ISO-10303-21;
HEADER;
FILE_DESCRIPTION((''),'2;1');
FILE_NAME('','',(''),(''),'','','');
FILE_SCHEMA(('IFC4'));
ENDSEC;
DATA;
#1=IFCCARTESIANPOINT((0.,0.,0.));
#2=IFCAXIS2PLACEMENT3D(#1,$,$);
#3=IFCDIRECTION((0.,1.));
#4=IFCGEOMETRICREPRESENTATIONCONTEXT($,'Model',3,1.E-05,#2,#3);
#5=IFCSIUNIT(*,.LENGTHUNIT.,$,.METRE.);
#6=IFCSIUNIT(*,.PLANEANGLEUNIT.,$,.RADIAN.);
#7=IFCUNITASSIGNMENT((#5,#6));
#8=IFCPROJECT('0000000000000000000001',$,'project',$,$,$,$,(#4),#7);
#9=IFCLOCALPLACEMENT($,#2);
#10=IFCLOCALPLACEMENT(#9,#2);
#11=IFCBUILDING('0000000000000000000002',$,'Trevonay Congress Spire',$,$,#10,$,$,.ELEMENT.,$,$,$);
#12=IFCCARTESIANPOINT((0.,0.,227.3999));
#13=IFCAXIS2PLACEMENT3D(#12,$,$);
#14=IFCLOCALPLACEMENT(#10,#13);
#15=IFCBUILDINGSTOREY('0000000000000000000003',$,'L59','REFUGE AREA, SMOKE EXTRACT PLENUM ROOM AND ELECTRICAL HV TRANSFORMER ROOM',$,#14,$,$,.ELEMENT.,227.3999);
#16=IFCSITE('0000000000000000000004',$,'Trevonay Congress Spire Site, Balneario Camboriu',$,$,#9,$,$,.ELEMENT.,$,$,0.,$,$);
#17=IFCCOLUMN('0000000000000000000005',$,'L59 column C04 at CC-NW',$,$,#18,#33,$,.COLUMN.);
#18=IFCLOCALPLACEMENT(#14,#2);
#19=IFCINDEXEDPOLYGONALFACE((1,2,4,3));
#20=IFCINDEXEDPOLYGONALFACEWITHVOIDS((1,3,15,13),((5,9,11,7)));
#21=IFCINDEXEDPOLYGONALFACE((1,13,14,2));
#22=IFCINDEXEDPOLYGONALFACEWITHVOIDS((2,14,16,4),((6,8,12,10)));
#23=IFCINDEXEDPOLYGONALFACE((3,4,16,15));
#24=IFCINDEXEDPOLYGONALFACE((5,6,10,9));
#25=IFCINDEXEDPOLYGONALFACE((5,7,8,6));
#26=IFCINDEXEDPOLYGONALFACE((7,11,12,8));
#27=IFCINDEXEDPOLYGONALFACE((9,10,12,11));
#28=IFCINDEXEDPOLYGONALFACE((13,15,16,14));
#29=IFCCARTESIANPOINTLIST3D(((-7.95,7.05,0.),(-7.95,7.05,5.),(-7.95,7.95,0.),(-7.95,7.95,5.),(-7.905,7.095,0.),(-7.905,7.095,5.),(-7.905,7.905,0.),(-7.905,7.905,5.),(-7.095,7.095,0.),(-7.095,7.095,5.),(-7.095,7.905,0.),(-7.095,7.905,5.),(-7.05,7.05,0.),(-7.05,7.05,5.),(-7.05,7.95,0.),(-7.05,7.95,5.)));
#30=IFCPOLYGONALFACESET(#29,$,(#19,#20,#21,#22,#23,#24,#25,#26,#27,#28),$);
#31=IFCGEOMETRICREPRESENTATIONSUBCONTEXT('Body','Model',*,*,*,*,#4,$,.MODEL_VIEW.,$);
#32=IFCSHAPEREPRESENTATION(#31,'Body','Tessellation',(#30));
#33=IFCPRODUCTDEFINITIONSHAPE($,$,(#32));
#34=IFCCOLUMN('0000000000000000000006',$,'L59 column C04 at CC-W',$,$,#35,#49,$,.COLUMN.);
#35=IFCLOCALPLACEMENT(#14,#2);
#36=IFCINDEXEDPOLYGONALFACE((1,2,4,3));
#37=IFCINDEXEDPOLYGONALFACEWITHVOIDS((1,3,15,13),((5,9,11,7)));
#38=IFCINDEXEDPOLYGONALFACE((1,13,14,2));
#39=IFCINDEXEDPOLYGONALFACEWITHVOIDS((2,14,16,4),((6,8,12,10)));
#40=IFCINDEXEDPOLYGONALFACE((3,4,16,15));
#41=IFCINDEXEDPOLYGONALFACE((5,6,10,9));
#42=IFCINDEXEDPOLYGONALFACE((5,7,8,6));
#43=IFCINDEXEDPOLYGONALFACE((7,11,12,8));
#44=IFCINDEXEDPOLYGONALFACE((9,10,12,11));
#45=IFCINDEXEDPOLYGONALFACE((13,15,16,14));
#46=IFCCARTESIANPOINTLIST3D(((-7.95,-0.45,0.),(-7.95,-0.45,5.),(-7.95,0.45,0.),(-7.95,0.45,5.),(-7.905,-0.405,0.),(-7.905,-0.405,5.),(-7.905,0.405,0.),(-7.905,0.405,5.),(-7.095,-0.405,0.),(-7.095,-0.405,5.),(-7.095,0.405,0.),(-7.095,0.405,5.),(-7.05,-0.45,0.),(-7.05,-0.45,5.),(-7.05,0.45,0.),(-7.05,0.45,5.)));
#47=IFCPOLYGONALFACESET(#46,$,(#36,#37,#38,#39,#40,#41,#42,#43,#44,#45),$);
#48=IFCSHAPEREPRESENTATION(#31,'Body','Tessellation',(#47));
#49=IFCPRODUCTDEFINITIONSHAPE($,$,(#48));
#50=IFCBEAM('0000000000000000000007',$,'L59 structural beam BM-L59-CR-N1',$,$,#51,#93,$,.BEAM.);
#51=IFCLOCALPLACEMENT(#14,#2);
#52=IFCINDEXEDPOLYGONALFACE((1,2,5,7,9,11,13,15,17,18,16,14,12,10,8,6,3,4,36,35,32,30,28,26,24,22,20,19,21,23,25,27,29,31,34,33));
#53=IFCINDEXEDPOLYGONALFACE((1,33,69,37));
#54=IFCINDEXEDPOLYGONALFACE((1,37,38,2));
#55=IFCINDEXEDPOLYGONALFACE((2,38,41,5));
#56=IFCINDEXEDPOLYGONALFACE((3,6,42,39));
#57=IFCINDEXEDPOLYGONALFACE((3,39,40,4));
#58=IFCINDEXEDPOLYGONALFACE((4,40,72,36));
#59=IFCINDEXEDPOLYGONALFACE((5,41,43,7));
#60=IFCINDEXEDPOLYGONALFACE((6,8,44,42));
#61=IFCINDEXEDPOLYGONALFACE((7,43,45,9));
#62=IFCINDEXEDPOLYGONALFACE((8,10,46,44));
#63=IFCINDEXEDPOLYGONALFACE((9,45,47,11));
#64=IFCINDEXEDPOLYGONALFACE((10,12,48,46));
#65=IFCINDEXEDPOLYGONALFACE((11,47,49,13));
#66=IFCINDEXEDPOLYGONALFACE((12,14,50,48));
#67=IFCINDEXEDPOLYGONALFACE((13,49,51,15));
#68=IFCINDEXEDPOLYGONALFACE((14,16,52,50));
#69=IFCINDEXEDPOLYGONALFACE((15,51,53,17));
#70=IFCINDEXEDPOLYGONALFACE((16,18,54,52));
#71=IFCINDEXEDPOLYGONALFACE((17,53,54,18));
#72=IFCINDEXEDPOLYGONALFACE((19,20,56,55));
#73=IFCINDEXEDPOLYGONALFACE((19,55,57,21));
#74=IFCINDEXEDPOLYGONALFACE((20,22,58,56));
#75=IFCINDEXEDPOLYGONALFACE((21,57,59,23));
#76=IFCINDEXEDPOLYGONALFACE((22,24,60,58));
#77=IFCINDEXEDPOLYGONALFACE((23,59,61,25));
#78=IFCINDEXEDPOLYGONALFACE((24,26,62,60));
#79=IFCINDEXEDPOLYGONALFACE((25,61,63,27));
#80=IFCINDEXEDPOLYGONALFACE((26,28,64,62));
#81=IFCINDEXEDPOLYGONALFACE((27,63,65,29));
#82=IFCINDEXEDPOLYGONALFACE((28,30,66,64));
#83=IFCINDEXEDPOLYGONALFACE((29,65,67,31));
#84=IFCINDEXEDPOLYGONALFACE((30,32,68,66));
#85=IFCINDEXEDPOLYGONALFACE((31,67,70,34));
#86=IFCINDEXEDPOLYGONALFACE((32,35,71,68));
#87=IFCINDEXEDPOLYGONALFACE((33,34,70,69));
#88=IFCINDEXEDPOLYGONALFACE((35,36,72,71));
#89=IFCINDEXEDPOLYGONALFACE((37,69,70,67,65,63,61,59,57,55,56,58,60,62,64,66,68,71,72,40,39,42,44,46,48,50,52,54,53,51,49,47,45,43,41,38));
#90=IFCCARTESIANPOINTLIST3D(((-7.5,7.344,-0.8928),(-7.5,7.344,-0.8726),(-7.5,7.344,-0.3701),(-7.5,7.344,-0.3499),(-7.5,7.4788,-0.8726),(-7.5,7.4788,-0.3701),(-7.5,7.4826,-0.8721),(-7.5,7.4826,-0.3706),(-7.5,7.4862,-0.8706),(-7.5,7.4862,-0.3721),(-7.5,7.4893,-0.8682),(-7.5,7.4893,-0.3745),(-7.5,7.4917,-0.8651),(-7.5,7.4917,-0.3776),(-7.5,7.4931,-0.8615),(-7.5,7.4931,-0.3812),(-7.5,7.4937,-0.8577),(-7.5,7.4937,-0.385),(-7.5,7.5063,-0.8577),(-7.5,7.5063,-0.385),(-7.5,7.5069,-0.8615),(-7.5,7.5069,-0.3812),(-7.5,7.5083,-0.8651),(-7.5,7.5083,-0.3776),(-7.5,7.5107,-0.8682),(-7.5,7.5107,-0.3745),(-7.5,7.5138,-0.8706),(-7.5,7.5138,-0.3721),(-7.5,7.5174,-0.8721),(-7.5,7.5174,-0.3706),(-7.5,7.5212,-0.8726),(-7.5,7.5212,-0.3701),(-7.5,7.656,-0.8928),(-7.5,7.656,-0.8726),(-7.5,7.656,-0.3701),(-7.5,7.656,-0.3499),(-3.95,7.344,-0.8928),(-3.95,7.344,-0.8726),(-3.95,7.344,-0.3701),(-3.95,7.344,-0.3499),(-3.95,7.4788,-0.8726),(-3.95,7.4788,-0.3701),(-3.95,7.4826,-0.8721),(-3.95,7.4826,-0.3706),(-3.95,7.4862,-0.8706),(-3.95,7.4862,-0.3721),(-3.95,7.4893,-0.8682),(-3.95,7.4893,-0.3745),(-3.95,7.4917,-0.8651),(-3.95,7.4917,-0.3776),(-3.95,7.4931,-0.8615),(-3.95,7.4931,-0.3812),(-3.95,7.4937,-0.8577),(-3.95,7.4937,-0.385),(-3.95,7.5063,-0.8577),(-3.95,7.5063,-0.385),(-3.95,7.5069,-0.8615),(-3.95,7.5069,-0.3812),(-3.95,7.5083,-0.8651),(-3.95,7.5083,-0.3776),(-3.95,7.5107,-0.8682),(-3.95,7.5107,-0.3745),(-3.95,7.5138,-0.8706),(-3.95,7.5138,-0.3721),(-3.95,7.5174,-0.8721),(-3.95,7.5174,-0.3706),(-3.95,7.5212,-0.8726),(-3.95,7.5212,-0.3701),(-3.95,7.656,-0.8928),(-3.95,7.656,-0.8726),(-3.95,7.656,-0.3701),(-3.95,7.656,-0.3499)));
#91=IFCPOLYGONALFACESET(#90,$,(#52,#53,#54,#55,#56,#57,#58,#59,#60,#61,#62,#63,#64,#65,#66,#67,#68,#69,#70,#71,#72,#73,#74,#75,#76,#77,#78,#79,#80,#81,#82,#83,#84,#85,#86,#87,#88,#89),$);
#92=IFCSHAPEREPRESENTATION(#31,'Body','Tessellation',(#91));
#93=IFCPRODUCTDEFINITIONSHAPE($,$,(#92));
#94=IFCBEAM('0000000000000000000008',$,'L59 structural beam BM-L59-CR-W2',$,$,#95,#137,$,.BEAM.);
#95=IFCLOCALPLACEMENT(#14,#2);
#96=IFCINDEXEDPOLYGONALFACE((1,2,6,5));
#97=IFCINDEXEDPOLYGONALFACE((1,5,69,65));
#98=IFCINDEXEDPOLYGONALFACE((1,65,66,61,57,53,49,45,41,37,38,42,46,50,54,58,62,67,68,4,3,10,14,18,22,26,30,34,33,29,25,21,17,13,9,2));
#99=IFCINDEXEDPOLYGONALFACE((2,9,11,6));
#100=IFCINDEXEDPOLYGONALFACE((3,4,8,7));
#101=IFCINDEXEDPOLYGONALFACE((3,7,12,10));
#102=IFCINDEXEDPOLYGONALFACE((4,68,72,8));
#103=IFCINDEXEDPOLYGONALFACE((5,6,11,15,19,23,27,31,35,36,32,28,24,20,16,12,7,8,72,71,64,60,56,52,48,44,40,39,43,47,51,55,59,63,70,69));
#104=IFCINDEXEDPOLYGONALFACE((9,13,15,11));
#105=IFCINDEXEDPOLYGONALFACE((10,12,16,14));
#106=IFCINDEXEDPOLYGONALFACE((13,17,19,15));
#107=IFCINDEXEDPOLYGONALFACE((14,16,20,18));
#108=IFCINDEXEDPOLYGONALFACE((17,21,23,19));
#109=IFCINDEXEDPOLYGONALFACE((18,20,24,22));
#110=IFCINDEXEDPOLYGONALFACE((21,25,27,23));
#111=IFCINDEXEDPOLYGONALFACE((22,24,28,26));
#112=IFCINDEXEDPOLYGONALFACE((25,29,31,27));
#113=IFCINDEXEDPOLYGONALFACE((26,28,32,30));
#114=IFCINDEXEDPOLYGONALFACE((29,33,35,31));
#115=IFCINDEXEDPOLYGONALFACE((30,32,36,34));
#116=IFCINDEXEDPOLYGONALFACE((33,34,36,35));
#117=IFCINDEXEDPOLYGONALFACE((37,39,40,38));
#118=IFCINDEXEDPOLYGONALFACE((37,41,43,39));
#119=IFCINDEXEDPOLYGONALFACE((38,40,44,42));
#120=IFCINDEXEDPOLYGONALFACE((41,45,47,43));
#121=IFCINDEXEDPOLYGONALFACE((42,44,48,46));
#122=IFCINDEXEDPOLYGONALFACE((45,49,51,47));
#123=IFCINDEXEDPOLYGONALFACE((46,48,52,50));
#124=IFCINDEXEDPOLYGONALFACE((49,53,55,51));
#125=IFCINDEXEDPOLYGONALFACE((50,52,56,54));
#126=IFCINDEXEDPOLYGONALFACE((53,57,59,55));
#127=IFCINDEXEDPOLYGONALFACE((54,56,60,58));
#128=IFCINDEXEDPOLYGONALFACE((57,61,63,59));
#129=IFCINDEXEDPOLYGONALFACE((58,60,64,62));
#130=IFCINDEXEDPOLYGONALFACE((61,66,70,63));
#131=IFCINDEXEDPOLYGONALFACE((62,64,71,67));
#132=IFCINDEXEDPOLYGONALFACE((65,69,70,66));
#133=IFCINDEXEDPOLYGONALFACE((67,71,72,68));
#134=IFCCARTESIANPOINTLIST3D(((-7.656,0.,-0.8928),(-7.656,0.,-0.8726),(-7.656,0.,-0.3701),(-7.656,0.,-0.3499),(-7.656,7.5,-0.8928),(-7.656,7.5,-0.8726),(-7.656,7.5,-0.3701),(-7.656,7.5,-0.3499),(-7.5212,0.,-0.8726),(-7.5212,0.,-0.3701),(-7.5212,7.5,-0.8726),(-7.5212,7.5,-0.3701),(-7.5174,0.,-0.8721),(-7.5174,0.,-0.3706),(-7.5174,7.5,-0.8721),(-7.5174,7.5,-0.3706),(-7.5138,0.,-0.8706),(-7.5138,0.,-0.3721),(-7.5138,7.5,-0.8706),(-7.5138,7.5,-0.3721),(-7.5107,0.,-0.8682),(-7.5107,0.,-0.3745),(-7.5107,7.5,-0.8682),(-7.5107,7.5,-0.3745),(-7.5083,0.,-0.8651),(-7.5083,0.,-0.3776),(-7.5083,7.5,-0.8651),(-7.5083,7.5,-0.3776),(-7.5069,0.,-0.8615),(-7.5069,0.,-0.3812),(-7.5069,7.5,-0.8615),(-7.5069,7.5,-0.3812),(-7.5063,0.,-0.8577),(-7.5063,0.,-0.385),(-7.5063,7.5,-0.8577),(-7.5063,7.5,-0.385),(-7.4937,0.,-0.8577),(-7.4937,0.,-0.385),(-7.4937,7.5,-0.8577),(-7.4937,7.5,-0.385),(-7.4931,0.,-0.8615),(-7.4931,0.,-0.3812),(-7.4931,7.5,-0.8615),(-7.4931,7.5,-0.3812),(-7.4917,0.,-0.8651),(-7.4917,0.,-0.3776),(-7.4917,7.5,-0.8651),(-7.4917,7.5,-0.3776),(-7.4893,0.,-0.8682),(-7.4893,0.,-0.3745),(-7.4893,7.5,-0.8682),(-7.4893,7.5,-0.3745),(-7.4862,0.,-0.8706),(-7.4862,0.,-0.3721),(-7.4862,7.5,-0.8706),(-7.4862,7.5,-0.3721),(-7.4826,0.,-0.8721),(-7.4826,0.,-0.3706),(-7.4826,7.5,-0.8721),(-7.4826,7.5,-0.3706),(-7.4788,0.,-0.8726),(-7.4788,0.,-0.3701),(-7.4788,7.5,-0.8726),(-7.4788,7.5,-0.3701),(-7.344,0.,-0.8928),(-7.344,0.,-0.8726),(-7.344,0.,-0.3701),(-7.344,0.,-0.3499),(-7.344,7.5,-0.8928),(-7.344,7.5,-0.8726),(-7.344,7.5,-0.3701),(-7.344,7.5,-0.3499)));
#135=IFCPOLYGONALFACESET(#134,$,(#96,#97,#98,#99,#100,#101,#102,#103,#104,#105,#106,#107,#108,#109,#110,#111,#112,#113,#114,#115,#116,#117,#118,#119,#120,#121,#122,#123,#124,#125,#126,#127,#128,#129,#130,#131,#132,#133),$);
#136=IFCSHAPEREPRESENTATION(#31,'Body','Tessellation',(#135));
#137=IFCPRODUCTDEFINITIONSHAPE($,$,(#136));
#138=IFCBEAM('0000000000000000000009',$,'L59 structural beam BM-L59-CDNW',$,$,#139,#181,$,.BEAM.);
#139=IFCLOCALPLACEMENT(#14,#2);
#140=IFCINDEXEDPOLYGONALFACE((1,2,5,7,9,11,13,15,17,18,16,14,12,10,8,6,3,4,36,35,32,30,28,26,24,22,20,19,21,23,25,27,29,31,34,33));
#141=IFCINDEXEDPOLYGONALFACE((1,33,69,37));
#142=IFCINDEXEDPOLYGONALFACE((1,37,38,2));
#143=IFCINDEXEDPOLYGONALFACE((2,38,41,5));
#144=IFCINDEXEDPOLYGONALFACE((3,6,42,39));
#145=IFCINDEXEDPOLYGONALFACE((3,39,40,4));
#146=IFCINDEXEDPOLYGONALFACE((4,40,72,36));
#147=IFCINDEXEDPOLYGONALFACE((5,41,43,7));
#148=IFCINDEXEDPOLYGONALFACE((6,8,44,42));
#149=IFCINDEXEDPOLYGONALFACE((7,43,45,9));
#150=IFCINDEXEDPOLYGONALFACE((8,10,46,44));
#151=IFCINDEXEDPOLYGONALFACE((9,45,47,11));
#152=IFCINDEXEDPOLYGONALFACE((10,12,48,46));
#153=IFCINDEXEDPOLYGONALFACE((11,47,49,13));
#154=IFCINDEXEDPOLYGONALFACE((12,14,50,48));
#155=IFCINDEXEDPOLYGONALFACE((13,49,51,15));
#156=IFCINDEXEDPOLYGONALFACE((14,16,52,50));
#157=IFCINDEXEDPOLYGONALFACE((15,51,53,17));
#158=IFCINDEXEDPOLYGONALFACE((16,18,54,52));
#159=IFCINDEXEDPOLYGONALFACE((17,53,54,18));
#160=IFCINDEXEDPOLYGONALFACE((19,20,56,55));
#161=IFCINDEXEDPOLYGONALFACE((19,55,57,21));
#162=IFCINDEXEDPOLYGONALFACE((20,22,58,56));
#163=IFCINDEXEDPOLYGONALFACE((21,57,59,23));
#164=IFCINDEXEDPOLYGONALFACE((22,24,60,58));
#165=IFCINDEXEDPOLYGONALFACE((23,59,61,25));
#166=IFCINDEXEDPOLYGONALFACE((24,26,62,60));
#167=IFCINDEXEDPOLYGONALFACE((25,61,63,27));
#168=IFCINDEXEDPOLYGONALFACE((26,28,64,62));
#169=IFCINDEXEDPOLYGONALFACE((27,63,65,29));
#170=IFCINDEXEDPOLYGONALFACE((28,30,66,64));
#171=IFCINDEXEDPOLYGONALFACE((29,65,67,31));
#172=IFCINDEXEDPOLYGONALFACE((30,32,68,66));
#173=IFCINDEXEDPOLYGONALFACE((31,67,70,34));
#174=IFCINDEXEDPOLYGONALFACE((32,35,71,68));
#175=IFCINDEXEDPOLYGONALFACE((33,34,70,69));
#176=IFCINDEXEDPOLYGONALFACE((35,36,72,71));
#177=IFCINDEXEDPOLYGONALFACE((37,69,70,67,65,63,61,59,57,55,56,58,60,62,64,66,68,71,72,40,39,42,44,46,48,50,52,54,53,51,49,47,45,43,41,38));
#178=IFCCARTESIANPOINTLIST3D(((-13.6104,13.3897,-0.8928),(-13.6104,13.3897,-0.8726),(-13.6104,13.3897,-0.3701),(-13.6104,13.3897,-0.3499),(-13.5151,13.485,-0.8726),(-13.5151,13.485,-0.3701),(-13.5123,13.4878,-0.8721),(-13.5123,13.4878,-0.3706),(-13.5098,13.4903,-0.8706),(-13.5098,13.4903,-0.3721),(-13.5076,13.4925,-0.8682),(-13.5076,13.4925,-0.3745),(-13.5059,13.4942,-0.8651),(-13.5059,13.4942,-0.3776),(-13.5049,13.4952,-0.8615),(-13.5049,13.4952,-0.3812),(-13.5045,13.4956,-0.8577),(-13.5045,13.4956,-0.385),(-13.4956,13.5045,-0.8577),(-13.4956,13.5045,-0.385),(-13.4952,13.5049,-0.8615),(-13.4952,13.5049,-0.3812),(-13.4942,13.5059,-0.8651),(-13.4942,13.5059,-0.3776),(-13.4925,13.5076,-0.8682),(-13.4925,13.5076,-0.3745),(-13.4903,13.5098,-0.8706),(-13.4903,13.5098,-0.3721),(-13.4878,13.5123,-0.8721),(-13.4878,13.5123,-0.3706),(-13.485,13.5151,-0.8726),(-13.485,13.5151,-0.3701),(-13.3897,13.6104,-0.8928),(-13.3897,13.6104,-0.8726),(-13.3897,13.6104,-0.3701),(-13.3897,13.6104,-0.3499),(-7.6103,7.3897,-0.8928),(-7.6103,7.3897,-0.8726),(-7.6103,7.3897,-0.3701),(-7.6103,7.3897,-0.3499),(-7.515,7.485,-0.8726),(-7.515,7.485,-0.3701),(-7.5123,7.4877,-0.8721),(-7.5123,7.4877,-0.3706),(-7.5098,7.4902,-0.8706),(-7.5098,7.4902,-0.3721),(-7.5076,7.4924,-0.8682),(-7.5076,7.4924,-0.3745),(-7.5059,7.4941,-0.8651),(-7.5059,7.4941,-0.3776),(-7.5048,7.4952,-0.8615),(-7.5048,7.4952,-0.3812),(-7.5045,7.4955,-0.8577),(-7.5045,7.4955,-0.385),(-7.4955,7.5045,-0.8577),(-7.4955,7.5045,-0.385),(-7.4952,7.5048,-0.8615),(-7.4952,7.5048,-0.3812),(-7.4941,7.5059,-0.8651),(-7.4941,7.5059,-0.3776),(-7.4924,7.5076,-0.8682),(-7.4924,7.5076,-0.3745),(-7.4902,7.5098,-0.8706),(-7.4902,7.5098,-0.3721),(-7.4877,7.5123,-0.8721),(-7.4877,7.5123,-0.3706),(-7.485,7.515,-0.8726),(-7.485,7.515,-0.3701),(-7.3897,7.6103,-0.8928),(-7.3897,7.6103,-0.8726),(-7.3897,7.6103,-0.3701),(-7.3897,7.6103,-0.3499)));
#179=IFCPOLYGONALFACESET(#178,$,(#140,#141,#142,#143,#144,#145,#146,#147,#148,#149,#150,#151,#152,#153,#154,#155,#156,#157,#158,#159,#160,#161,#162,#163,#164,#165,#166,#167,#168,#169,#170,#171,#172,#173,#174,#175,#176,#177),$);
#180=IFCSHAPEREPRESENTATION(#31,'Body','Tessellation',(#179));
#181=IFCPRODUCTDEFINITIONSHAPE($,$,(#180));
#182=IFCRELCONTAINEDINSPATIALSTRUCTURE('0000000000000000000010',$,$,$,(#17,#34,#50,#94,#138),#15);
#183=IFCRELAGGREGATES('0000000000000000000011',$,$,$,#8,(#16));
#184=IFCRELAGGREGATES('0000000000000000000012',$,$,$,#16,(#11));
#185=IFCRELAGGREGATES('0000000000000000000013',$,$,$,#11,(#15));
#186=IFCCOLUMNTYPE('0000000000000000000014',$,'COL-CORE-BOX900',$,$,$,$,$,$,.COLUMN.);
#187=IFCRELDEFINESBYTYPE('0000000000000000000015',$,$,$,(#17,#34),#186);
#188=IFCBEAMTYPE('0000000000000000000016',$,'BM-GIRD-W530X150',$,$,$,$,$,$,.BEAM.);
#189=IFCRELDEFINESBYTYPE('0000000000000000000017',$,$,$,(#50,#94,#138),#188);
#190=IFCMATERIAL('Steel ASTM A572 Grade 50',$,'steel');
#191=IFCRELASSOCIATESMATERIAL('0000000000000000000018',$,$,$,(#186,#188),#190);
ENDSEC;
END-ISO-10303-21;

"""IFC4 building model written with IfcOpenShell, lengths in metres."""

from ifc_helpers import new_model, si_unit, direction, frame, origin, origin_2d, place, context, subcontext, project, spatial, hollow_rectangle, i_section, extrude, material, material_profile, profile_set, type_object, element, save


model = new_model("IFC4")

# Units and contexts
model_context = context("Model", 3, precision=1e-05, world=origin(), true_north=direction((0.0, 1.0)))
body_context = subcontext(model_context, "Body", "Model", "MODEL_VIEW")
ifc_project = project(units=[si_unit("LENGTHUNIT", "METRE"), si_unit("PLANEANGLEUNIT", "RADIAN")], contexts=[model_context])

# Site, building, storey
site_placement = place(None, origin())
site = spatial("IfcSite", under=ifc_project, at=site_placement, Name="Trevonay Congress Spire Site, Balneario Camboriu", CompositionType="ELEMENT", RefElevation=0.0)
building_placement = place(site_placement, origin())
building = spatial("IfcBuilding", under=site, at=building_placement, Name="Trevonay Congress Spire", CompositionType="ELEMENT")
storey_placement = place(building_placement, frame((0.0, 0.0, 227.3999)))
storey = spatial("IfcBuildingStorey", under=building, at=storey_placement, Name="L59", Description="REFUGE AREA, SMOKE EXTRACT PLENUM ROOM AND ELECTRICAL HV TRANSFORMER ROOM", CompositionType="ELEMENT", Elevation=227.3999)

# Columns
ifc_material_1 = material(Name="Steel ASTM A572 Grade 50", Category="steel")
ifc_material_profile_1 = material_profile(ifc_material_1, hollow_rectangle(XDim=0.8999, YDim=0.8999, WallThickness=0.0449, at=origin_2d()), Name="BOX 900x900x45")
ifc_profile_set_1 = profile_set([ifc_material_profile_1], Name="Steel ASTM A572 Grade 50")
column_type = type_object("IfcColumnType", Name="COL-CORE-BOX900", PredefinedType="COLUMN", material=ifc_profile_set_1)
for number, where, z_axis, x_axis, name in (
    (1, (-7.5, 7.5, 0.0), (0.0, 0.0, 1.0), (1.0, 0.0, 0.0), "L59 column C04 at CC-NW"),
    (2, (-7.5, 0.0, 0.0), (0.0, 0.0, 1.0), (1.0, 0.0, 0.0), "L59 column C04 at CC-W"),
):
    element("IfcColumn", number, at=place(storey_placement, frame(where, z_axis=z_axis, x_axis=x_axis)), inside=storey, type_object=column_type, Name=name, PredefinedType="COLUMN", context=body_context, shape_type="SweptSolid", body=[
        extrude(hollow_rectangle(XDim=0.8999, YDim=0.8999, WallThickness=0.0449, at=origin_2d()), origin(), (0.0, 0.0, 1.0), 5.0),
    ])

# Beams
ifc_material_profile_2 = material_profile(ifc_material_1, i_section(OverallWidth=0.312, OverallDepth=0.543, WebThickness=0.0127, FlangeThickness=0.0203, FilletRadius=0.0149, at=origin_2d()), Name="W530x150")
ifc_profile_set_2 = profile_set([ifc_material_profile_2], Name="Steel ASTM A572 Grade 50")
beam_type_1 = type_object("IfcBeamType", Name="BM-GIRD-W530X150", PredefinedType="BEAM", material=ifc_profile_set_2)
beam_1_placement = place(storey_placement, frame((-7.5, 7.5, -0.6213), z_axis=(1.0, 0.0, 0.0), x_axis=(0.0, 1.0, 0.0)))
element("IfcBeam", 3, at=beam_1_placement, inside=storey, type_object=beam_type_1, Name="L59 structural beam BM-L59-CR-N1", PredefinedType="BEAM", context=body_context, shape_type="SweptSolid", body=[
    extrude(i_section(OverallWidth=0.312, OverallDepth=0.543, WebThickness=0.0127, FlangeThickness=0.0203, FilletRadius=0.0149, at=origin_2d()), origin(), (0.0, 0.0, 1.0), 3.55),
])
beam_2_placement = place(storey_placement, frame((-7.5, 0.0, -0.6213), z_axis=(0.0, 1.0, 0.0), x_axis=(-1.0, 0.0, 0.0)))
element("IfcBeam", 4, at=beam_2_placement, inside=storey, type_object=beam_type_1, Name="L59 structural beam BM-L59-CR-W2", PredefinedType="BEAM", context=body_context, shape_type="SweptSolid", body=[
    extrude(i_section(OverallWidth=0.312, OverallDepth=0.543, WebThickness=0.0127, FlangeThickness=0.0203, FilletRadius=0.0149, at=origin_2d()), origin(), (0.0, 0.0, 1.0), 7.5),
])
beam_3_placement = place(storey_placement, frame((-7.5, 7.5, -0.6213), z_axis=(-0.707107, 0.707107, 0.0), x_axis=(-0.707107, -0.707107, 0.0)))
element("IfcBeam", 5, at=beam_3_placement, inside=storey, type_object=beam_type_1, Name="L59 structural beam BM-L59-CDNW", PredefinedType="BEAM", context=body_context, shape_type="SweptSolid", body=[
    extrude(i_section(OverallWidth=0.312, OverallDepth=0.543, WebThickness=0.0127, FlangeThickness=0.0203, FilletRadius=0.0149, at=origin_2d()), origin(), (0.0, 0.0, 1.0), 8.4854),
])

save(model, "model.ifc")
